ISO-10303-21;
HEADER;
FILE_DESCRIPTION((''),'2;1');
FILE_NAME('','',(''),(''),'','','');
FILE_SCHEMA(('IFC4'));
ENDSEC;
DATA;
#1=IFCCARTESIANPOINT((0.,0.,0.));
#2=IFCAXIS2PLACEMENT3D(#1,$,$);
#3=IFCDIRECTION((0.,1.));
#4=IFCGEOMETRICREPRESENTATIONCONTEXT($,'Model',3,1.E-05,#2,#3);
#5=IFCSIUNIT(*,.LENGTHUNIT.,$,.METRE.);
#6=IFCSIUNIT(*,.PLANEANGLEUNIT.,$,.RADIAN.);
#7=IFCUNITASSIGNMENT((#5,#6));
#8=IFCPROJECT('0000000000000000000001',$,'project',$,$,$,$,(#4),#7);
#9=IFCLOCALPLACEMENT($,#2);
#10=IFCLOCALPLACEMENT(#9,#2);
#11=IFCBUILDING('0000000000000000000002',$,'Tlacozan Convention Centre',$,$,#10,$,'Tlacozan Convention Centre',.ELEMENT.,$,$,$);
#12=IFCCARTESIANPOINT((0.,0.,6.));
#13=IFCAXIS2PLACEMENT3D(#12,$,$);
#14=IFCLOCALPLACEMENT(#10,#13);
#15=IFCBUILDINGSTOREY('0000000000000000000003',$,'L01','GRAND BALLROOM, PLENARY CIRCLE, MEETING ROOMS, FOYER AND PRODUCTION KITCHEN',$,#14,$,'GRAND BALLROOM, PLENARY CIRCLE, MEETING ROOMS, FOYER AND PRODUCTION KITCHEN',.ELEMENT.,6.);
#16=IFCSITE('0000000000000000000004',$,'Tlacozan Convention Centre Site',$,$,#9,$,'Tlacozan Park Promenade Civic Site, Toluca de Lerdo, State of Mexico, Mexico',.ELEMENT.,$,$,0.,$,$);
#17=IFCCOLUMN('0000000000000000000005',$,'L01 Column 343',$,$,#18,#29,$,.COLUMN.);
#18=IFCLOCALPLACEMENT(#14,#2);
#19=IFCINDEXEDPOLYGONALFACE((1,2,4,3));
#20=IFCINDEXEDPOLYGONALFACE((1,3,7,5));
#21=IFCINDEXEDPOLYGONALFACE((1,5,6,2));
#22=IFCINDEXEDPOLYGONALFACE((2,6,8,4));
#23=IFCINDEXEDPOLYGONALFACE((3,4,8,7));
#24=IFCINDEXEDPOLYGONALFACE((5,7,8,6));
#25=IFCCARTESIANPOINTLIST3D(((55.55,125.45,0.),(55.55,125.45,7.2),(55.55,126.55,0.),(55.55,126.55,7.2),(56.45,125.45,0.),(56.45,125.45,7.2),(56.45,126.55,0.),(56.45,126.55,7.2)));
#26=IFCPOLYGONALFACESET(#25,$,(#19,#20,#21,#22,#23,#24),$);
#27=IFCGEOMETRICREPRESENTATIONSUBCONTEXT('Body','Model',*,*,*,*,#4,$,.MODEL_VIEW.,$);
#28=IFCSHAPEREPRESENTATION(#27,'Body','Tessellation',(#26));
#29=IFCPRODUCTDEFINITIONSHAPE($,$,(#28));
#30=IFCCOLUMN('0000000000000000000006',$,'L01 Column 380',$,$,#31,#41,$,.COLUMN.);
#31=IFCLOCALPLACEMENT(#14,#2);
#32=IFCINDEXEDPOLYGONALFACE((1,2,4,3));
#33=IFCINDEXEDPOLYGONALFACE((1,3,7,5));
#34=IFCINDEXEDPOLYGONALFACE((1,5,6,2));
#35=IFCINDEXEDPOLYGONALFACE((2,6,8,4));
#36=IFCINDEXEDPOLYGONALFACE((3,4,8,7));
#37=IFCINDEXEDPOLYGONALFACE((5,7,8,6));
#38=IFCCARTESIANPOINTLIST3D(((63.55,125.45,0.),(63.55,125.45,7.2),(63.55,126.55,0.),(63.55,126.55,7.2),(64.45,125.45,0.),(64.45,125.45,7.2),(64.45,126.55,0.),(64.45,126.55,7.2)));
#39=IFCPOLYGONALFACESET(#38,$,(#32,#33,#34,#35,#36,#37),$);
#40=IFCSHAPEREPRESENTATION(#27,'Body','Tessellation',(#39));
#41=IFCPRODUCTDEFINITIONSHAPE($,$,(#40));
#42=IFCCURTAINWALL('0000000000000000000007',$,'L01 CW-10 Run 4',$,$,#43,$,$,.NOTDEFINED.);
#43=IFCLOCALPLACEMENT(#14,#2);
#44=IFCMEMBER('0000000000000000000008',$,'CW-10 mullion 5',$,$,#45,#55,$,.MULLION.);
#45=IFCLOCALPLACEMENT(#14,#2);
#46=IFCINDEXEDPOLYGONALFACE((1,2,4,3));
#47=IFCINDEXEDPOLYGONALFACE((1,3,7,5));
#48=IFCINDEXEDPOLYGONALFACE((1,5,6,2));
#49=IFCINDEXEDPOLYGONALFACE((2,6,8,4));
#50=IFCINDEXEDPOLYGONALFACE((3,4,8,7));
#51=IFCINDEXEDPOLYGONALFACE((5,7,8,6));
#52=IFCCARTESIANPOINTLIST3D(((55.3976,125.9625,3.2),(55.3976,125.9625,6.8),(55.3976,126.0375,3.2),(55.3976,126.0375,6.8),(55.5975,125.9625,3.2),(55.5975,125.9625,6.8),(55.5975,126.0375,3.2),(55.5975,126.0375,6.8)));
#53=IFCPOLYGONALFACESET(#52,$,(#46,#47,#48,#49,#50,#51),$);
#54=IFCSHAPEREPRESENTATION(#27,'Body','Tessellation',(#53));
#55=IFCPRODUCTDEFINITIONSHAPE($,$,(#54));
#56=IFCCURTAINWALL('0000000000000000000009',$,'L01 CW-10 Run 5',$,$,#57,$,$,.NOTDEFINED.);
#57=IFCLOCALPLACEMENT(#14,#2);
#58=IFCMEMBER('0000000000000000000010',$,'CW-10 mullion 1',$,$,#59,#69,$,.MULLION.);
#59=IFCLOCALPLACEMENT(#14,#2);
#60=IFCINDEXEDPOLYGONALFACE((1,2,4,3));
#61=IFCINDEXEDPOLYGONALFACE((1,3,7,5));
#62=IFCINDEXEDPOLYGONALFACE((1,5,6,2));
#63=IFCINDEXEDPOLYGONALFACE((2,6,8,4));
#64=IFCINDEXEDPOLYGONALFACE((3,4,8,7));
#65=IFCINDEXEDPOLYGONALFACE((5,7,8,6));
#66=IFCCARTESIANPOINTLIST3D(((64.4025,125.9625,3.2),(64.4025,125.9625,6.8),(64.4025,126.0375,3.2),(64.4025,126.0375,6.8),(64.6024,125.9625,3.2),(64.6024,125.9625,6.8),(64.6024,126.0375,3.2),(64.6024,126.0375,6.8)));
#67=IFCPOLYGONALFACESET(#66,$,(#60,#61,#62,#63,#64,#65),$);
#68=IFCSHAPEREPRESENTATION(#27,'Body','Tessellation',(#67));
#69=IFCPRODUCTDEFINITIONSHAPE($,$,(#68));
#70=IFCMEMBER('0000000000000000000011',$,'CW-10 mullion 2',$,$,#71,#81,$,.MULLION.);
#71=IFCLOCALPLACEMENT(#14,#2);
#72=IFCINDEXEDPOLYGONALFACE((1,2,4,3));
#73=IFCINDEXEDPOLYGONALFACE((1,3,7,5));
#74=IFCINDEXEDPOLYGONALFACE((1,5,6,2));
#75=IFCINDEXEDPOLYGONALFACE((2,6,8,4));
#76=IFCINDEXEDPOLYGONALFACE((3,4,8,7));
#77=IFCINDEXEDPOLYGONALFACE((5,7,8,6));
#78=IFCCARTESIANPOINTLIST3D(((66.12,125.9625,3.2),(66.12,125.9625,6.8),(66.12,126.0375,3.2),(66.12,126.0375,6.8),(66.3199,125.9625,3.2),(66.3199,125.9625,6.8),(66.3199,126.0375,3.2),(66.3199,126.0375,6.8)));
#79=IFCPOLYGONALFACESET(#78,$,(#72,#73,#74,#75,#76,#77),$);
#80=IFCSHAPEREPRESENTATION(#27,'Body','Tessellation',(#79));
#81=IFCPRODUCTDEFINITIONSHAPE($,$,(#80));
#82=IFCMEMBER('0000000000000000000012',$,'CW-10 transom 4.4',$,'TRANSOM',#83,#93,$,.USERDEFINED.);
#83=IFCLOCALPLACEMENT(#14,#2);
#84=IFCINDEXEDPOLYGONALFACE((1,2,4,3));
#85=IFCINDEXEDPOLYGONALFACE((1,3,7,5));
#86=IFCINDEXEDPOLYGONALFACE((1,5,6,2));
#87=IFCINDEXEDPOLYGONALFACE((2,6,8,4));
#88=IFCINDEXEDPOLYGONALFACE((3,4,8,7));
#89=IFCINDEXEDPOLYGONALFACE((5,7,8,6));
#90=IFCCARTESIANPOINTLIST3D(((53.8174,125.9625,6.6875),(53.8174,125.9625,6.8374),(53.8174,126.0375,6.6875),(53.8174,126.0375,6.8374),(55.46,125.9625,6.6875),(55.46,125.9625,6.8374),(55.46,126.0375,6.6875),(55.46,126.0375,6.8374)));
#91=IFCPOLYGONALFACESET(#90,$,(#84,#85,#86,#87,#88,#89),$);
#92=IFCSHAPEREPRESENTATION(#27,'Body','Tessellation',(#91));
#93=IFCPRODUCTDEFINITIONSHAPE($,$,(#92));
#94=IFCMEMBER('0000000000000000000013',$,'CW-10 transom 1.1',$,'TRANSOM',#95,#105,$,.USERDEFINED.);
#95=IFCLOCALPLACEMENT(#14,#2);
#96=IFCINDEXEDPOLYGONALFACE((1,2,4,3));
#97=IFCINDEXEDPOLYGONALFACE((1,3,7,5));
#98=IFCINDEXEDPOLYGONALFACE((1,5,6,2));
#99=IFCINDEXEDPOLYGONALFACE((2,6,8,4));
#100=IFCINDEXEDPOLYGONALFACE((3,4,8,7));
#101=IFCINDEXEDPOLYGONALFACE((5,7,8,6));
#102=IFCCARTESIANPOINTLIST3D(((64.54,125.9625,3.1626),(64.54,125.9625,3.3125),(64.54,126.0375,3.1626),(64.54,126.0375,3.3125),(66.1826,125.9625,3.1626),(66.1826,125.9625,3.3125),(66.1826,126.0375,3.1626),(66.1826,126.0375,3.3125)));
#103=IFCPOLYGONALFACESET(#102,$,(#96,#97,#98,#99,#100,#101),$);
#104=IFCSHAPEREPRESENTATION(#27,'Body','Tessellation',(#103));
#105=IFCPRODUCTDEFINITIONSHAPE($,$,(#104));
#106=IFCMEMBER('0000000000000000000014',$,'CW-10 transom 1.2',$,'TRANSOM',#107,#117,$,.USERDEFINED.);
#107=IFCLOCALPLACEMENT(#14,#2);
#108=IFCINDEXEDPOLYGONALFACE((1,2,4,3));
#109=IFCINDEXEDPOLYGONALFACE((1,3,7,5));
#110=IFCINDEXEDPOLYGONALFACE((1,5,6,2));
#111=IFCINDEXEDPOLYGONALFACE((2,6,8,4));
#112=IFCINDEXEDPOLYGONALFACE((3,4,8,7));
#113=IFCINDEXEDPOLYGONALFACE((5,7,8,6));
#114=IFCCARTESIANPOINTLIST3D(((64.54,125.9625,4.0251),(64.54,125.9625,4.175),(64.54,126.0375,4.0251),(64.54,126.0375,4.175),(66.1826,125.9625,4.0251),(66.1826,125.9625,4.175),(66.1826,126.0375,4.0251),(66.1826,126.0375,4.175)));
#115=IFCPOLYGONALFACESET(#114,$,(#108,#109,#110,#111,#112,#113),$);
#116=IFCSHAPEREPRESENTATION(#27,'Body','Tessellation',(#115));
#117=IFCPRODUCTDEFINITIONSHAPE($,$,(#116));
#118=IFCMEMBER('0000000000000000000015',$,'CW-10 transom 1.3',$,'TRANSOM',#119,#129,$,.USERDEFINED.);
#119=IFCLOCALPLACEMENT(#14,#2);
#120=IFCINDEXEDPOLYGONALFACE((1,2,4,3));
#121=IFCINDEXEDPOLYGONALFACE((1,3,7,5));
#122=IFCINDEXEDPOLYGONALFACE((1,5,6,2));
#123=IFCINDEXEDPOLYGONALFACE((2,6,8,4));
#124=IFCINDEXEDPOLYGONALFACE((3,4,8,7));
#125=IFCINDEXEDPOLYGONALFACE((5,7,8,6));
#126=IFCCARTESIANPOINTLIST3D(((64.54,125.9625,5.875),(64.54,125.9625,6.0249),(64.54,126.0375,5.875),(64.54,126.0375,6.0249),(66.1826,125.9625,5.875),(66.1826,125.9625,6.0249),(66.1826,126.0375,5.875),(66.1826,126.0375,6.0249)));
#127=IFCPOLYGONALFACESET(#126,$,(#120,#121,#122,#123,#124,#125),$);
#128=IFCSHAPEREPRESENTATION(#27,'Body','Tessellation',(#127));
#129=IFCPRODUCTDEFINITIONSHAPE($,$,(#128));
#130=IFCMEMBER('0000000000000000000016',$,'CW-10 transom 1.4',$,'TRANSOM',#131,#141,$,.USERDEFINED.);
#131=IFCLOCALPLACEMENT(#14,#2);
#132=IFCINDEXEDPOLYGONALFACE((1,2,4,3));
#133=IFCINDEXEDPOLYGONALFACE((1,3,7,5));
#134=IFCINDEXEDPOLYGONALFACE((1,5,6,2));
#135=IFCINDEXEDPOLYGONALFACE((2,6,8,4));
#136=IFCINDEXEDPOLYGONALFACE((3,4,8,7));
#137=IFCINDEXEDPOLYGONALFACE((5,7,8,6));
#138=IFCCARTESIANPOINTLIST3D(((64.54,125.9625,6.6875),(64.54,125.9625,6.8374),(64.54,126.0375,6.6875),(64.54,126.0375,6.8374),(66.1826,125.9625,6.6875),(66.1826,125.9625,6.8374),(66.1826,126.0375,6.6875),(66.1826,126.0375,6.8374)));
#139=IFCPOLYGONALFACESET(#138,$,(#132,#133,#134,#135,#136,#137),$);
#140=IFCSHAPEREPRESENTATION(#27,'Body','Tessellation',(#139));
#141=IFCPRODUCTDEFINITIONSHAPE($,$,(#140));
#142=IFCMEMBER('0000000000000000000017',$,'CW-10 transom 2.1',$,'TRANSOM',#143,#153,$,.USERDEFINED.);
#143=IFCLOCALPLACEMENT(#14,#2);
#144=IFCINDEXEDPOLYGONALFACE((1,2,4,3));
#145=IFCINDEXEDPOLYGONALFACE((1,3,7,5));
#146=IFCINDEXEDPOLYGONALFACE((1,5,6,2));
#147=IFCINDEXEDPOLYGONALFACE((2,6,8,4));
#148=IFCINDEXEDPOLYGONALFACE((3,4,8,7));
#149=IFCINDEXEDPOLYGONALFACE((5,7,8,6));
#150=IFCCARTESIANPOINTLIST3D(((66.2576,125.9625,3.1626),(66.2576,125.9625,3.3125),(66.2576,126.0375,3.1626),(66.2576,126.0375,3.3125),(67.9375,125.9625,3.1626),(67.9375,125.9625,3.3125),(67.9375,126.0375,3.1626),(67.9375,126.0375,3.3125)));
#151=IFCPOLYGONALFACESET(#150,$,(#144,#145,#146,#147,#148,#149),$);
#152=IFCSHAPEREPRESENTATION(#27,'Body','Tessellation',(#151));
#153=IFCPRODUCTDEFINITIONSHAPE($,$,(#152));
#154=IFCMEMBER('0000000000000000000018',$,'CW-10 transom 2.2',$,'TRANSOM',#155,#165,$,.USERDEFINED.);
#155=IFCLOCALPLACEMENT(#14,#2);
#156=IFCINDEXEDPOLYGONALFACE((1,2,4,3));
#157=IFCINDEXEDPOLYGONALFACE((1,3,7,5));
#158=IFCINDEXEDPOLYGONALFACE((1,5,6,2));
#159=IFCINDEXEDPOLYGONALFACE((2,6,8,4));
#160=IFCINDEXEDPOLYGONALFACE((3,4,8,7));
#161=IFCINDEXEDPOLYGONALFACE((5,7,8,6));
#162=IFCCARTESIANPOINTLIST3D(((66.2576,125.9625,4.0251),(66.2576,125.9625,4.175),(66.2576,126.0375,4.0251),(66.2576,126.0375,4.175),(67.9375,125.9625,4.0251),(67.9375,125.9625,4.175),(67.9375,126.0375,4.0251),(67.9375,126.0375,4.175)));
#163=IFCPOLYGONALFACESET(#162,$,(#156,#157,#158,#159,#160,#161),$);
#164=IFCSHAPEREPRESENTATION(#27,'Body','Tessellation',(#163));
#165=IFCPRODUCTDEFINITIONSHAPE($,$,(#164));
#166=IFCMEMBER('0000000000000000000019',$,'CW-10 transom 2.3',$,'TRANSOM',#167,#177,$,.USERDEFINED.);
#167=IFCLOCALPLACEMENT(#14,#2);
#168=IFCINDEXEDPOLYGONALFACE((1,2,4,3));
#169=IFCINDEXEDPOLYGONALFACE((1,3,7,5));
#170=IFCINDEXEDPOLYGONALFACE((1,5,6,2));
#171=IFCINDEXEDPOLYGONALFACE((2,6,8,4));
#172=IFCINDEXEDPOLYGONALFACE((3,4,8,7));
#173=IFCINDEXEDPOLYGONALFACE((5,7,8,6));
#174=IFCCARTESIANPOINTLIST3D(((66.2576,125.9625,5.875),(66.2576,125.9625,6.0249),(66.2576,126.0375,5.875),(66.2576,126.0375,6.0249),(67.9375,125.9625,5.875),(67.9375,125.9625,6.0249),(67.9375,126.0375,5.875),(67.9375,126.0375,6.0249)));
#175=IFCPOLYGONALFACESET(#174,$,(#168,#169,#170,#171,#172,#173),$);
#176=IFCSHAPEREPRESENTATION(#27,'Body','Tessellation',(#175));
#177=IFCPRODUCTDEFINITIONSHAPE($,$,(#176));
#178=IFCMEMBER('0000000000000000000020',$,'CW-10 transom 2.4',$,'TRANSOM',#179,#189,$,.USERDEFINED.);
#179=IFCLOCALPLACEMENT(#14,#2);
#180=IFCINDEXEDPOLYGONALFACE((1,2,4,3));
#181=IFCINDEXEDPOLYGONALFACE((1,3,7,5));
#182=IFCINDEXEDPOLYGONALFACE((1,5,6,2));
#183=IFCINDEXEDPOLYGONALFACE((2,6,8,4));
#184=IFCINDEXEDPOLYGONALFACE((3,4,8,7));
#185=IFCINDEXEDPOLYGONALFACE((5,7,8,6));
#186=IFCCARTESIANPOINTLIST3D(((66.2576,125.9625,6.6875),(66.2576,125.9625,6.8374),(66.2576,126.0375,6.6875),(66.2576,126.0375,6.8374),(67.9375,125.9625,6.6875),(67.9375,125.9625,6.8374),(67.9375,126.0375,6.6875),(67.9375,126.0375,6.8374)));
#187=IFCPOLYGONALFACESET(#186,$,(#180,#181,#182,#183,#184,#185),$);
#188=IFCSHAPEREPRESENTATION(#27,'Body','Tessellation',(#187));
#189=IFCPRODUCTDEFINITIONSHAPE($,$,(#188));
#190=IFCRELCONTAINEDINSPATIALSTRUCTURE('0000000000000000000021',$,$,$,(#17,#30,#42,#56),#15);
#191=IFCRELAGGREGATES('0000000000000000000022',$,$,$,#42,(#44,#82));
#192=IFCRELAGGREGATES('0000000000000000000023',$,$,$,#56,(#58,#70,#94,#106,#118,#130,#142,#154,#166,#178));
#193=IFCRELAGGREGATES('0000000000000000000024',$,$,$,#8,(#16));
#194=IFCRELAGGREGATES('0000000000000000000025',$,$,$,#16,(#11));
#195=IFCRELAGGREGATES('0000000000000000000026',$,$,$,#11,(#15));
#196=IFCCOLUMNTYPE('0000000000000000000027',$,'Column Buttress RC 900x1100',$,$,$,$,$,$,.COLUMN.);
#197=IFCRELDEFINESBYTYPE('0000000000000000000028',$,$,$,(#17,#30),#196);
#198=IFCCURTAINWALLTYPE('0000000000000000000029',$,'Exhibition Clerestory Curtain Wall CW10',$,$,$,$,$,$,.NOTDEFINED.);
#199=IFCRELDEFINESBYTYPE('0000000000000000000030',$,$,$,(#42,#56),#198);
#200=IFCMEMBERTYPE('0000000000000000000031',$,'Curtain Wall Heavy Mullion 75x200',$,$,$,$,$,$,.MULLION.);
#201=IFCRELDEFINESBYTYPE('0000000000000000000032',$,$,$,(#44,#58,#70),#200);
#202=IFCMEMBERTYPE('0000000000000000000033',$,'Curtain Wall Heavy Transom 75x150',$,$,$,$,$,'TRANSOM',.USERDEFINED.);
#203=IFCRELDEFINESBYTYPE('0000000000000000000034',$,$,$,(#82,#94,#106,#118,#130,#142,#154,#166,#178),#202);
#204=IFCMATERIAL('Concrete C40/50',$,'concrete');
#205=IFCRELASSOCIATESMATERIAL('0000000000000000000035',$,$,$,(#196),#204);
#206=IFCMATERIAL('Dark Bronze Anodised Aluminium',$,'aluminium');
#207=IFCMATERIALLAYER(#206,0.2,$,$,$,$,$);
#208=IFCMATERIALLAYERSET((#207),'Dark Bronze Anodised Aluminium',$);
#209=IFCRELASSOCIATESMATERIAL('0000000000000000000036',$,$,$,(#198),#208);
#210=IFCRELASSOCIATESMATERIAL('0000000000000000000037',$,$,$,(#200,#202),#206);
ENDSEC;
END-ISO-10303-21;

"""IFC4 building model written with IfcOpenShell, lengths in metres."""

from ifc_helpers import new_model, si_unit, direction, frame, origin, origin_2d, place, context, subcontext, project, spatial, rectangle, extrude, material, layer, layer_set, material_profile, profile_set, type_object, element, aggregate, save


model = new_model("IFC4")

# Units and contexts
model_context = context("Model", 3, precision=1e-05, world=origin(), true_north=direction((0.0, 1.0)))
body_context = subcontext(model_context, "Body", "Model", "MODEL_VIEW")
ifc_project = project(units=[si_unit("LENGTHUNIT", "METRE"), si_unit("PLANEANGLEUNIT", "RADIAN")], contexts=[model_context])

# Site, building, storey
site_placement = place(None, origin())
site = spatial("IfcSite", under=ifc_project, at=site_placement, Name="Tlacozan Convention Centre Site", LongName="Tlacozan Park Promenade Civic Site, Toluca de Lerdo, State of Mexico, Mexico", CompositionType="ELEMENT", RefElevation=0.0)
building_placement = place(site_placement, origin())
building = spatial("IfcBuilding", under=site, at=building_placement, Name="Tlacozan Convention Centre", LongName="Tlacozan Convention Centre", CompositionType="ELEMENT")
storey_placement = place(building_placement, frame((0.0, 0.0, 6.0)))
storey = spatial("IfcBuildingStorey", under=building, at=storey_placement, Name="L01", Description="GRAND BALLROOM, PLENARY CIRCLE, MEETING ROOMS, FOYER AND PRODUCTION KITCHEN", LongName="GRAND BALLROOM, PLENARY CIRCLE, MEETING ROOMS, FOYER AND PRODUCTION KITCHEN", CompositionType="ELEMENT", Elevation=6.0)

# Columns
ifc_material_1 = material(Name="Concrete C40/50", Category="concrete")
ifc_material_profile_1 = material_profile(ifc_material_1, rectangle(XDim=0.8999, YDim=1.1001, at=origin_2d()), Name="RC 900x1100")
ifc_profile_set_1 = profile_set([ifc_material_profile_1], Name="Concrete C40/50")
column_type = type_object("IfcColumnType", Name="Column Buttress RC 900x1100", PredefinedType="COLUMN", material=ifc_profile_set_1)
for number, where, z_axis, x_axis, name in (
    (1, (56.0, 126.0, 0.0), (0.0, 0.0, 1.0), (1.0, 0.0, 0.0), "L01 Column 343"),
    (2, (64.0, 126.0, 0.0), (0.0, 0.0, 1.0), (1.0, 0.0, 0.0), "L01 Column 380"),
):
    element("IfcColumn", number, at=place(storey_placement, frame(where, z_axis=z_axis, x_axis=x_axis)), inside=storey, type_object=column_type, Name=name, PredefinedType="COLUMN", context=body_context, shape_type="SweptSolid", body=[
        extrude(rectangle(XDim=0.8999, YDim=1.1001, at=origin_2d()), origin(), (0.0, 0.0, 1.0), 7.2),
    ])

# Curtain wall, member
ifc_material_2 = material(Name="Dark Bronze Anodised Aluminium", Category="aluminium")
ifc_layer_1 = layer(ifc_material_2, 0.2)
ifc_layer_set_1 = layer_set([ifc_layer_1], Name="Dark Bronze Anodised Aluminium")
curtain_wall_type = type_object("IfcCurtainWallType", Name="Exhibition Clerestory Curtain Wall CW10", PredefinedType="NOTDEFINED", material=ifc_layer_set_1)
curtain_wall_1_placement = place(storey_placement, origin())
curtain_wall_1 = element("IfcCurtainWall", 3, at=curtain_wall_1_placement, inside=storey, type_object=curtain_wall_type, Name="L01 CW-10 Run 4", PredefinedType="NOTDEFINED")
ifc_material_profile_2 = material_profile(ifc_material_2, rectangle(XDim=0.075, YDim=0.2, at=origin_2d()), Name="ALU 75x200")
ifc_profile_set_2 = profile_set([ifc_material_profile_2], Name="Dark Bronze Anodised Aluminium")
member_type_1 = type_object("IfcMemberType", Name="Curtain Wall Heavy Mullion 75x200", PredefinedType="MULLION", material=ifc_profile_set_2)
member_1_placement = place(storey_placement, frame((55.4976, 126.0, 3.2), z_axis=(0.0, 0.0, 1.0), x_axis=(0.0, 1.0, 0.0)))
member_1 = element("IfcMember", 4, at=member_1_placement, type_object=member_type_1, Name="CW-10 mullion 5", PredefinedType="MULLION", context=body_context, shape_type="SweptSolid", body=[
    extrude(rectangle(XDim=0.075, YDim=0.2, at=origin_2d()), origin(), (0.0, 0.0, 1.0), 3.6001),
])

# Curtain wall, members
curtain_wall_2_placement = place(storey_placement, origin())
curtain_wall_2 = element("IfcCurtainWall", 5, at=curtain_wall_2_placement, inside=storey, type_object=curtain_wall_type, Name="L01 CW-10 Run 5", PredefinedType="NOTDEFINED")
member_2_placement = place(storey_placement, frame((64.5024, 126.0, 3.2), z_axis=(0.0, 0.0, 1.0), x_axis=(0.0, 1.0, 0.0)))
member_2 = element("IfcMember", 6, at=member_2_placement, type_object=member_type_1, Name="CW-10 mullion 1", PredefinedType="MULLION", context=body_context, shape_type="SweptSolid", body=[
    extrude(rectangle(XDim=0.075, YDim=0.2, at=origin_2d()), origin(), (0.0, 0.0, 1.0), 3.6001),
])
member_3_placement = place(storey_placement, frame((66.22, 126.0, 3.2), z_axis=(0.0, 0.0, 1.0), x_axis=(0.0, 1.0, 0.0)))
member_3 = element("IfcMember", 7, at=member_3_placement, type_object=member_type_1, Name="CW-10 mullion 2", PredefinedType="MULLION", context=body_context, shape_type="SweptSolid", body=[
    extrude(rectangle(XDim=0.075, YDim=0.2, at=origin_2d()), origin(), (0.0, 0.0, 1.0), 3.6001),
])

# Members
ifc_material_profile_3 = material_profile(ifc_material_2, rectangle(XDim=0.075, YDim=0.1499, at=origin_2d()), Name="ALU 75x150")
ifc_profile_set_3 = profile_set([ifc_material_profile_3], Name="Dark Bronze Anodised Aluminium")
member_type_2 = type_object("IfcMemberType", Name="Curtain Wall Heavy Transom 75x150", ElementType="TRANSOM", PredefinedType="USERDEFINED", material=ifc_profile_set_3)
member_4_placement = place(storey_placement, frame((53.8174, 126.0, 6.7625), z_axis=(1.0, 0.0, 0.0), x_axis=(0.0, 1.0, 0.0)))
member_4 = element("IfcMember", 8, at=member_4_placement, type_object=member_type_2, Name="CW-10 transom 4.4", ObjectType="TRANSOM", PredefinedType="USERDEFINED", context=body_context, shape_type="SweptSolid", body=[
    extrude(rectangle(XDim=0.075, YDim=0.1499, at=origin_2d()), origin(), (0.0, 0.0, 1.0), 1.6426),
])
member_5_placement = place(storey_placement, frame((64.54, 126.0, 3.2375), z_axis=(1.0, 0.0, 0.0), x_axis=(0.0, 1.0, 0.0)))
member_5 = element("IfcMember", 9, at=member_5_placement, type_object=member_type_2, Name="CW-10 transom 1.1", ObjectType="TRANSOM", PredefinedType="USERDEFINED", context=body_context, shape_type="SweptSolid", body=[
    extrude(rectangle(XDim=0.075, YDim=0.1499, at=origin_2d()), origin(), (0.0, 0.0, 1.0), 1.6426),
])
member_6_placement = place(storey_placement, frame((64.54, 126.0, 4.1001), z_axis=(1.0, 0.0, 0.0), x_axis=(0.0, 1.0, 0.0)))
member_6 = element("IfcMember", 10, at=member_6_placement, type_object=member_type_2, Name="CW-10 transom 1.2", ObjectType="TRANSOM", PredefinedType="USERDEFINED", context=body_context, shape_type="SweptSolid", body=[
    extrude(rectangle(XDim=0.075, YDim=0.1499, at=origin_2d()), origin(), (0.0, 0.0, 1.0), 1.6426),
])
member_7_placement = place(storey_placement, frame((64.54, 126.0, 5.95), z_axis=(1.0, 0.0, 0.0), x_axis=(0.0, 1.0, 0.0)))
member_7 = element("IfcMember", 11, at=member_7_placement, type_object=member_type_2, Name="CW-10 transom 1.3", ObjectType="TRANSOM", PredefinedType="USERDEFINED", context=body_context, shape_type="SweptSolid", body=[
    extrude(rectangle(XDim=0.075, YDim=0.1499, at=origin_2d()), origin(), (0.0, 0.0, 1.0), 1.6426),
])
member_8_placement = place(storey_placement, frame((64.54, 126.0, 6.7625), z_axis=(1.0, 0.0, 0.0), x_axis=(0.0, 1.0, 0.0)))
member_8 = element("IfcMember", 12, at=member_8_placement, type_object=member_type_2, Name="CW-10 transom 1.4", ObjectType="TRANSOM", PredefinedType="USERDEFINED", context=body_context, shape_type="SweptSolid", body=[
    extrude(rectangle(XDim=0.075, YDim=0.1499, at=origin_2d()), origin(), (0.0, 0.0, 1.0), 1.6426),
])
member_9_placement = place(storey_placement, frame((66.2576, 126.0, 3.2375), z_axis=(1.0, 0.0, 0.0), x_axis=(0.0, 1.0, 0.0)))
member_9 = element("IfcMember", 13, at=member_9_placement, type_object=member_type_2, Name="CW-10 transom 2.1", ObjectType="TRANSOM", PredefinedType="USERDEFINED", context=body_context, shape_type="SweptSolid", body=[
    extrude(rectangle(XDim=0.075, YDim=0.1499, at=origin_2d()), origin(), (0.0, 0.0, 1.0), 1.6799),
])
member_10_placement = place(storey_placement, frame((66.2576, 126.0, 4.1001), z_axis=(1.0, 0.0, 0.0), x_axis=(0.0, 1.0, 0.0)))
member_10 = element("IfcMember", 14, at=member_10_placement, type_object=member_type_2, Name="CW-10 transom 2.2", ObjectType="TRANSOM", PredefinedType="USERDEFINED", context=body_context, shape_type="SweptSolid", body=[
    extrude(rectangle(XDim=0.075, YDim=0.1499, at=origin_2d()), origin(), (0.0, 0.0, 1.0), 1.6799),
])
member_11_placement = place(storey_placement, frame((66.2576, 126.0, 5.95), z_axis=(1.0, 0.0, 0.0), x_axis=(0.0, 1.0, 0.0)))
member_11 = element("IfcMember", 15, at=member_11_placement, type_object=member_type_2, Name="CW-10 transom 2.3", ObjectType="TRANSOM", PredefinedType="USERDEFINED", context=body_context, shape_type="SweptSolid", body=[
    extrude(rectangle(XDim=0.075, YDim=0.1499, at=origin_2d()), origin(), (0.0, 0.0, 1.0), 1.6799),
])
member_12_placement = place(storey_placement, frame((66.2576, 126.0, 6.7625), z_axis=(1.0, 0.0, 0.0), x_axis=(0.0, 1.0, 0.0)))
member_12 = element("IfcMember", 16, at=member_12_placement, type_object=member_type_2, Name="CW-10 transom 2.4", ObjectType="TRANSOM", PredefinedType="USERDEFINED", context=body_context, shape_type="SweptSolid", body=[
    extrude(rectangle(XDim=0.075, YDim=0.1499, at=origin_2d()), origin(), (0.0, 0.0, 1.0), 1.6799),
])

aggregate(curtain_wall_1, [member_1, member_4])
aggregate(curtain_wall_2, [member_2, member_3, member_5, member_6, member_7, member_8, member_9, member_10, member_11, member_12])

save(model, "model.ifc")
